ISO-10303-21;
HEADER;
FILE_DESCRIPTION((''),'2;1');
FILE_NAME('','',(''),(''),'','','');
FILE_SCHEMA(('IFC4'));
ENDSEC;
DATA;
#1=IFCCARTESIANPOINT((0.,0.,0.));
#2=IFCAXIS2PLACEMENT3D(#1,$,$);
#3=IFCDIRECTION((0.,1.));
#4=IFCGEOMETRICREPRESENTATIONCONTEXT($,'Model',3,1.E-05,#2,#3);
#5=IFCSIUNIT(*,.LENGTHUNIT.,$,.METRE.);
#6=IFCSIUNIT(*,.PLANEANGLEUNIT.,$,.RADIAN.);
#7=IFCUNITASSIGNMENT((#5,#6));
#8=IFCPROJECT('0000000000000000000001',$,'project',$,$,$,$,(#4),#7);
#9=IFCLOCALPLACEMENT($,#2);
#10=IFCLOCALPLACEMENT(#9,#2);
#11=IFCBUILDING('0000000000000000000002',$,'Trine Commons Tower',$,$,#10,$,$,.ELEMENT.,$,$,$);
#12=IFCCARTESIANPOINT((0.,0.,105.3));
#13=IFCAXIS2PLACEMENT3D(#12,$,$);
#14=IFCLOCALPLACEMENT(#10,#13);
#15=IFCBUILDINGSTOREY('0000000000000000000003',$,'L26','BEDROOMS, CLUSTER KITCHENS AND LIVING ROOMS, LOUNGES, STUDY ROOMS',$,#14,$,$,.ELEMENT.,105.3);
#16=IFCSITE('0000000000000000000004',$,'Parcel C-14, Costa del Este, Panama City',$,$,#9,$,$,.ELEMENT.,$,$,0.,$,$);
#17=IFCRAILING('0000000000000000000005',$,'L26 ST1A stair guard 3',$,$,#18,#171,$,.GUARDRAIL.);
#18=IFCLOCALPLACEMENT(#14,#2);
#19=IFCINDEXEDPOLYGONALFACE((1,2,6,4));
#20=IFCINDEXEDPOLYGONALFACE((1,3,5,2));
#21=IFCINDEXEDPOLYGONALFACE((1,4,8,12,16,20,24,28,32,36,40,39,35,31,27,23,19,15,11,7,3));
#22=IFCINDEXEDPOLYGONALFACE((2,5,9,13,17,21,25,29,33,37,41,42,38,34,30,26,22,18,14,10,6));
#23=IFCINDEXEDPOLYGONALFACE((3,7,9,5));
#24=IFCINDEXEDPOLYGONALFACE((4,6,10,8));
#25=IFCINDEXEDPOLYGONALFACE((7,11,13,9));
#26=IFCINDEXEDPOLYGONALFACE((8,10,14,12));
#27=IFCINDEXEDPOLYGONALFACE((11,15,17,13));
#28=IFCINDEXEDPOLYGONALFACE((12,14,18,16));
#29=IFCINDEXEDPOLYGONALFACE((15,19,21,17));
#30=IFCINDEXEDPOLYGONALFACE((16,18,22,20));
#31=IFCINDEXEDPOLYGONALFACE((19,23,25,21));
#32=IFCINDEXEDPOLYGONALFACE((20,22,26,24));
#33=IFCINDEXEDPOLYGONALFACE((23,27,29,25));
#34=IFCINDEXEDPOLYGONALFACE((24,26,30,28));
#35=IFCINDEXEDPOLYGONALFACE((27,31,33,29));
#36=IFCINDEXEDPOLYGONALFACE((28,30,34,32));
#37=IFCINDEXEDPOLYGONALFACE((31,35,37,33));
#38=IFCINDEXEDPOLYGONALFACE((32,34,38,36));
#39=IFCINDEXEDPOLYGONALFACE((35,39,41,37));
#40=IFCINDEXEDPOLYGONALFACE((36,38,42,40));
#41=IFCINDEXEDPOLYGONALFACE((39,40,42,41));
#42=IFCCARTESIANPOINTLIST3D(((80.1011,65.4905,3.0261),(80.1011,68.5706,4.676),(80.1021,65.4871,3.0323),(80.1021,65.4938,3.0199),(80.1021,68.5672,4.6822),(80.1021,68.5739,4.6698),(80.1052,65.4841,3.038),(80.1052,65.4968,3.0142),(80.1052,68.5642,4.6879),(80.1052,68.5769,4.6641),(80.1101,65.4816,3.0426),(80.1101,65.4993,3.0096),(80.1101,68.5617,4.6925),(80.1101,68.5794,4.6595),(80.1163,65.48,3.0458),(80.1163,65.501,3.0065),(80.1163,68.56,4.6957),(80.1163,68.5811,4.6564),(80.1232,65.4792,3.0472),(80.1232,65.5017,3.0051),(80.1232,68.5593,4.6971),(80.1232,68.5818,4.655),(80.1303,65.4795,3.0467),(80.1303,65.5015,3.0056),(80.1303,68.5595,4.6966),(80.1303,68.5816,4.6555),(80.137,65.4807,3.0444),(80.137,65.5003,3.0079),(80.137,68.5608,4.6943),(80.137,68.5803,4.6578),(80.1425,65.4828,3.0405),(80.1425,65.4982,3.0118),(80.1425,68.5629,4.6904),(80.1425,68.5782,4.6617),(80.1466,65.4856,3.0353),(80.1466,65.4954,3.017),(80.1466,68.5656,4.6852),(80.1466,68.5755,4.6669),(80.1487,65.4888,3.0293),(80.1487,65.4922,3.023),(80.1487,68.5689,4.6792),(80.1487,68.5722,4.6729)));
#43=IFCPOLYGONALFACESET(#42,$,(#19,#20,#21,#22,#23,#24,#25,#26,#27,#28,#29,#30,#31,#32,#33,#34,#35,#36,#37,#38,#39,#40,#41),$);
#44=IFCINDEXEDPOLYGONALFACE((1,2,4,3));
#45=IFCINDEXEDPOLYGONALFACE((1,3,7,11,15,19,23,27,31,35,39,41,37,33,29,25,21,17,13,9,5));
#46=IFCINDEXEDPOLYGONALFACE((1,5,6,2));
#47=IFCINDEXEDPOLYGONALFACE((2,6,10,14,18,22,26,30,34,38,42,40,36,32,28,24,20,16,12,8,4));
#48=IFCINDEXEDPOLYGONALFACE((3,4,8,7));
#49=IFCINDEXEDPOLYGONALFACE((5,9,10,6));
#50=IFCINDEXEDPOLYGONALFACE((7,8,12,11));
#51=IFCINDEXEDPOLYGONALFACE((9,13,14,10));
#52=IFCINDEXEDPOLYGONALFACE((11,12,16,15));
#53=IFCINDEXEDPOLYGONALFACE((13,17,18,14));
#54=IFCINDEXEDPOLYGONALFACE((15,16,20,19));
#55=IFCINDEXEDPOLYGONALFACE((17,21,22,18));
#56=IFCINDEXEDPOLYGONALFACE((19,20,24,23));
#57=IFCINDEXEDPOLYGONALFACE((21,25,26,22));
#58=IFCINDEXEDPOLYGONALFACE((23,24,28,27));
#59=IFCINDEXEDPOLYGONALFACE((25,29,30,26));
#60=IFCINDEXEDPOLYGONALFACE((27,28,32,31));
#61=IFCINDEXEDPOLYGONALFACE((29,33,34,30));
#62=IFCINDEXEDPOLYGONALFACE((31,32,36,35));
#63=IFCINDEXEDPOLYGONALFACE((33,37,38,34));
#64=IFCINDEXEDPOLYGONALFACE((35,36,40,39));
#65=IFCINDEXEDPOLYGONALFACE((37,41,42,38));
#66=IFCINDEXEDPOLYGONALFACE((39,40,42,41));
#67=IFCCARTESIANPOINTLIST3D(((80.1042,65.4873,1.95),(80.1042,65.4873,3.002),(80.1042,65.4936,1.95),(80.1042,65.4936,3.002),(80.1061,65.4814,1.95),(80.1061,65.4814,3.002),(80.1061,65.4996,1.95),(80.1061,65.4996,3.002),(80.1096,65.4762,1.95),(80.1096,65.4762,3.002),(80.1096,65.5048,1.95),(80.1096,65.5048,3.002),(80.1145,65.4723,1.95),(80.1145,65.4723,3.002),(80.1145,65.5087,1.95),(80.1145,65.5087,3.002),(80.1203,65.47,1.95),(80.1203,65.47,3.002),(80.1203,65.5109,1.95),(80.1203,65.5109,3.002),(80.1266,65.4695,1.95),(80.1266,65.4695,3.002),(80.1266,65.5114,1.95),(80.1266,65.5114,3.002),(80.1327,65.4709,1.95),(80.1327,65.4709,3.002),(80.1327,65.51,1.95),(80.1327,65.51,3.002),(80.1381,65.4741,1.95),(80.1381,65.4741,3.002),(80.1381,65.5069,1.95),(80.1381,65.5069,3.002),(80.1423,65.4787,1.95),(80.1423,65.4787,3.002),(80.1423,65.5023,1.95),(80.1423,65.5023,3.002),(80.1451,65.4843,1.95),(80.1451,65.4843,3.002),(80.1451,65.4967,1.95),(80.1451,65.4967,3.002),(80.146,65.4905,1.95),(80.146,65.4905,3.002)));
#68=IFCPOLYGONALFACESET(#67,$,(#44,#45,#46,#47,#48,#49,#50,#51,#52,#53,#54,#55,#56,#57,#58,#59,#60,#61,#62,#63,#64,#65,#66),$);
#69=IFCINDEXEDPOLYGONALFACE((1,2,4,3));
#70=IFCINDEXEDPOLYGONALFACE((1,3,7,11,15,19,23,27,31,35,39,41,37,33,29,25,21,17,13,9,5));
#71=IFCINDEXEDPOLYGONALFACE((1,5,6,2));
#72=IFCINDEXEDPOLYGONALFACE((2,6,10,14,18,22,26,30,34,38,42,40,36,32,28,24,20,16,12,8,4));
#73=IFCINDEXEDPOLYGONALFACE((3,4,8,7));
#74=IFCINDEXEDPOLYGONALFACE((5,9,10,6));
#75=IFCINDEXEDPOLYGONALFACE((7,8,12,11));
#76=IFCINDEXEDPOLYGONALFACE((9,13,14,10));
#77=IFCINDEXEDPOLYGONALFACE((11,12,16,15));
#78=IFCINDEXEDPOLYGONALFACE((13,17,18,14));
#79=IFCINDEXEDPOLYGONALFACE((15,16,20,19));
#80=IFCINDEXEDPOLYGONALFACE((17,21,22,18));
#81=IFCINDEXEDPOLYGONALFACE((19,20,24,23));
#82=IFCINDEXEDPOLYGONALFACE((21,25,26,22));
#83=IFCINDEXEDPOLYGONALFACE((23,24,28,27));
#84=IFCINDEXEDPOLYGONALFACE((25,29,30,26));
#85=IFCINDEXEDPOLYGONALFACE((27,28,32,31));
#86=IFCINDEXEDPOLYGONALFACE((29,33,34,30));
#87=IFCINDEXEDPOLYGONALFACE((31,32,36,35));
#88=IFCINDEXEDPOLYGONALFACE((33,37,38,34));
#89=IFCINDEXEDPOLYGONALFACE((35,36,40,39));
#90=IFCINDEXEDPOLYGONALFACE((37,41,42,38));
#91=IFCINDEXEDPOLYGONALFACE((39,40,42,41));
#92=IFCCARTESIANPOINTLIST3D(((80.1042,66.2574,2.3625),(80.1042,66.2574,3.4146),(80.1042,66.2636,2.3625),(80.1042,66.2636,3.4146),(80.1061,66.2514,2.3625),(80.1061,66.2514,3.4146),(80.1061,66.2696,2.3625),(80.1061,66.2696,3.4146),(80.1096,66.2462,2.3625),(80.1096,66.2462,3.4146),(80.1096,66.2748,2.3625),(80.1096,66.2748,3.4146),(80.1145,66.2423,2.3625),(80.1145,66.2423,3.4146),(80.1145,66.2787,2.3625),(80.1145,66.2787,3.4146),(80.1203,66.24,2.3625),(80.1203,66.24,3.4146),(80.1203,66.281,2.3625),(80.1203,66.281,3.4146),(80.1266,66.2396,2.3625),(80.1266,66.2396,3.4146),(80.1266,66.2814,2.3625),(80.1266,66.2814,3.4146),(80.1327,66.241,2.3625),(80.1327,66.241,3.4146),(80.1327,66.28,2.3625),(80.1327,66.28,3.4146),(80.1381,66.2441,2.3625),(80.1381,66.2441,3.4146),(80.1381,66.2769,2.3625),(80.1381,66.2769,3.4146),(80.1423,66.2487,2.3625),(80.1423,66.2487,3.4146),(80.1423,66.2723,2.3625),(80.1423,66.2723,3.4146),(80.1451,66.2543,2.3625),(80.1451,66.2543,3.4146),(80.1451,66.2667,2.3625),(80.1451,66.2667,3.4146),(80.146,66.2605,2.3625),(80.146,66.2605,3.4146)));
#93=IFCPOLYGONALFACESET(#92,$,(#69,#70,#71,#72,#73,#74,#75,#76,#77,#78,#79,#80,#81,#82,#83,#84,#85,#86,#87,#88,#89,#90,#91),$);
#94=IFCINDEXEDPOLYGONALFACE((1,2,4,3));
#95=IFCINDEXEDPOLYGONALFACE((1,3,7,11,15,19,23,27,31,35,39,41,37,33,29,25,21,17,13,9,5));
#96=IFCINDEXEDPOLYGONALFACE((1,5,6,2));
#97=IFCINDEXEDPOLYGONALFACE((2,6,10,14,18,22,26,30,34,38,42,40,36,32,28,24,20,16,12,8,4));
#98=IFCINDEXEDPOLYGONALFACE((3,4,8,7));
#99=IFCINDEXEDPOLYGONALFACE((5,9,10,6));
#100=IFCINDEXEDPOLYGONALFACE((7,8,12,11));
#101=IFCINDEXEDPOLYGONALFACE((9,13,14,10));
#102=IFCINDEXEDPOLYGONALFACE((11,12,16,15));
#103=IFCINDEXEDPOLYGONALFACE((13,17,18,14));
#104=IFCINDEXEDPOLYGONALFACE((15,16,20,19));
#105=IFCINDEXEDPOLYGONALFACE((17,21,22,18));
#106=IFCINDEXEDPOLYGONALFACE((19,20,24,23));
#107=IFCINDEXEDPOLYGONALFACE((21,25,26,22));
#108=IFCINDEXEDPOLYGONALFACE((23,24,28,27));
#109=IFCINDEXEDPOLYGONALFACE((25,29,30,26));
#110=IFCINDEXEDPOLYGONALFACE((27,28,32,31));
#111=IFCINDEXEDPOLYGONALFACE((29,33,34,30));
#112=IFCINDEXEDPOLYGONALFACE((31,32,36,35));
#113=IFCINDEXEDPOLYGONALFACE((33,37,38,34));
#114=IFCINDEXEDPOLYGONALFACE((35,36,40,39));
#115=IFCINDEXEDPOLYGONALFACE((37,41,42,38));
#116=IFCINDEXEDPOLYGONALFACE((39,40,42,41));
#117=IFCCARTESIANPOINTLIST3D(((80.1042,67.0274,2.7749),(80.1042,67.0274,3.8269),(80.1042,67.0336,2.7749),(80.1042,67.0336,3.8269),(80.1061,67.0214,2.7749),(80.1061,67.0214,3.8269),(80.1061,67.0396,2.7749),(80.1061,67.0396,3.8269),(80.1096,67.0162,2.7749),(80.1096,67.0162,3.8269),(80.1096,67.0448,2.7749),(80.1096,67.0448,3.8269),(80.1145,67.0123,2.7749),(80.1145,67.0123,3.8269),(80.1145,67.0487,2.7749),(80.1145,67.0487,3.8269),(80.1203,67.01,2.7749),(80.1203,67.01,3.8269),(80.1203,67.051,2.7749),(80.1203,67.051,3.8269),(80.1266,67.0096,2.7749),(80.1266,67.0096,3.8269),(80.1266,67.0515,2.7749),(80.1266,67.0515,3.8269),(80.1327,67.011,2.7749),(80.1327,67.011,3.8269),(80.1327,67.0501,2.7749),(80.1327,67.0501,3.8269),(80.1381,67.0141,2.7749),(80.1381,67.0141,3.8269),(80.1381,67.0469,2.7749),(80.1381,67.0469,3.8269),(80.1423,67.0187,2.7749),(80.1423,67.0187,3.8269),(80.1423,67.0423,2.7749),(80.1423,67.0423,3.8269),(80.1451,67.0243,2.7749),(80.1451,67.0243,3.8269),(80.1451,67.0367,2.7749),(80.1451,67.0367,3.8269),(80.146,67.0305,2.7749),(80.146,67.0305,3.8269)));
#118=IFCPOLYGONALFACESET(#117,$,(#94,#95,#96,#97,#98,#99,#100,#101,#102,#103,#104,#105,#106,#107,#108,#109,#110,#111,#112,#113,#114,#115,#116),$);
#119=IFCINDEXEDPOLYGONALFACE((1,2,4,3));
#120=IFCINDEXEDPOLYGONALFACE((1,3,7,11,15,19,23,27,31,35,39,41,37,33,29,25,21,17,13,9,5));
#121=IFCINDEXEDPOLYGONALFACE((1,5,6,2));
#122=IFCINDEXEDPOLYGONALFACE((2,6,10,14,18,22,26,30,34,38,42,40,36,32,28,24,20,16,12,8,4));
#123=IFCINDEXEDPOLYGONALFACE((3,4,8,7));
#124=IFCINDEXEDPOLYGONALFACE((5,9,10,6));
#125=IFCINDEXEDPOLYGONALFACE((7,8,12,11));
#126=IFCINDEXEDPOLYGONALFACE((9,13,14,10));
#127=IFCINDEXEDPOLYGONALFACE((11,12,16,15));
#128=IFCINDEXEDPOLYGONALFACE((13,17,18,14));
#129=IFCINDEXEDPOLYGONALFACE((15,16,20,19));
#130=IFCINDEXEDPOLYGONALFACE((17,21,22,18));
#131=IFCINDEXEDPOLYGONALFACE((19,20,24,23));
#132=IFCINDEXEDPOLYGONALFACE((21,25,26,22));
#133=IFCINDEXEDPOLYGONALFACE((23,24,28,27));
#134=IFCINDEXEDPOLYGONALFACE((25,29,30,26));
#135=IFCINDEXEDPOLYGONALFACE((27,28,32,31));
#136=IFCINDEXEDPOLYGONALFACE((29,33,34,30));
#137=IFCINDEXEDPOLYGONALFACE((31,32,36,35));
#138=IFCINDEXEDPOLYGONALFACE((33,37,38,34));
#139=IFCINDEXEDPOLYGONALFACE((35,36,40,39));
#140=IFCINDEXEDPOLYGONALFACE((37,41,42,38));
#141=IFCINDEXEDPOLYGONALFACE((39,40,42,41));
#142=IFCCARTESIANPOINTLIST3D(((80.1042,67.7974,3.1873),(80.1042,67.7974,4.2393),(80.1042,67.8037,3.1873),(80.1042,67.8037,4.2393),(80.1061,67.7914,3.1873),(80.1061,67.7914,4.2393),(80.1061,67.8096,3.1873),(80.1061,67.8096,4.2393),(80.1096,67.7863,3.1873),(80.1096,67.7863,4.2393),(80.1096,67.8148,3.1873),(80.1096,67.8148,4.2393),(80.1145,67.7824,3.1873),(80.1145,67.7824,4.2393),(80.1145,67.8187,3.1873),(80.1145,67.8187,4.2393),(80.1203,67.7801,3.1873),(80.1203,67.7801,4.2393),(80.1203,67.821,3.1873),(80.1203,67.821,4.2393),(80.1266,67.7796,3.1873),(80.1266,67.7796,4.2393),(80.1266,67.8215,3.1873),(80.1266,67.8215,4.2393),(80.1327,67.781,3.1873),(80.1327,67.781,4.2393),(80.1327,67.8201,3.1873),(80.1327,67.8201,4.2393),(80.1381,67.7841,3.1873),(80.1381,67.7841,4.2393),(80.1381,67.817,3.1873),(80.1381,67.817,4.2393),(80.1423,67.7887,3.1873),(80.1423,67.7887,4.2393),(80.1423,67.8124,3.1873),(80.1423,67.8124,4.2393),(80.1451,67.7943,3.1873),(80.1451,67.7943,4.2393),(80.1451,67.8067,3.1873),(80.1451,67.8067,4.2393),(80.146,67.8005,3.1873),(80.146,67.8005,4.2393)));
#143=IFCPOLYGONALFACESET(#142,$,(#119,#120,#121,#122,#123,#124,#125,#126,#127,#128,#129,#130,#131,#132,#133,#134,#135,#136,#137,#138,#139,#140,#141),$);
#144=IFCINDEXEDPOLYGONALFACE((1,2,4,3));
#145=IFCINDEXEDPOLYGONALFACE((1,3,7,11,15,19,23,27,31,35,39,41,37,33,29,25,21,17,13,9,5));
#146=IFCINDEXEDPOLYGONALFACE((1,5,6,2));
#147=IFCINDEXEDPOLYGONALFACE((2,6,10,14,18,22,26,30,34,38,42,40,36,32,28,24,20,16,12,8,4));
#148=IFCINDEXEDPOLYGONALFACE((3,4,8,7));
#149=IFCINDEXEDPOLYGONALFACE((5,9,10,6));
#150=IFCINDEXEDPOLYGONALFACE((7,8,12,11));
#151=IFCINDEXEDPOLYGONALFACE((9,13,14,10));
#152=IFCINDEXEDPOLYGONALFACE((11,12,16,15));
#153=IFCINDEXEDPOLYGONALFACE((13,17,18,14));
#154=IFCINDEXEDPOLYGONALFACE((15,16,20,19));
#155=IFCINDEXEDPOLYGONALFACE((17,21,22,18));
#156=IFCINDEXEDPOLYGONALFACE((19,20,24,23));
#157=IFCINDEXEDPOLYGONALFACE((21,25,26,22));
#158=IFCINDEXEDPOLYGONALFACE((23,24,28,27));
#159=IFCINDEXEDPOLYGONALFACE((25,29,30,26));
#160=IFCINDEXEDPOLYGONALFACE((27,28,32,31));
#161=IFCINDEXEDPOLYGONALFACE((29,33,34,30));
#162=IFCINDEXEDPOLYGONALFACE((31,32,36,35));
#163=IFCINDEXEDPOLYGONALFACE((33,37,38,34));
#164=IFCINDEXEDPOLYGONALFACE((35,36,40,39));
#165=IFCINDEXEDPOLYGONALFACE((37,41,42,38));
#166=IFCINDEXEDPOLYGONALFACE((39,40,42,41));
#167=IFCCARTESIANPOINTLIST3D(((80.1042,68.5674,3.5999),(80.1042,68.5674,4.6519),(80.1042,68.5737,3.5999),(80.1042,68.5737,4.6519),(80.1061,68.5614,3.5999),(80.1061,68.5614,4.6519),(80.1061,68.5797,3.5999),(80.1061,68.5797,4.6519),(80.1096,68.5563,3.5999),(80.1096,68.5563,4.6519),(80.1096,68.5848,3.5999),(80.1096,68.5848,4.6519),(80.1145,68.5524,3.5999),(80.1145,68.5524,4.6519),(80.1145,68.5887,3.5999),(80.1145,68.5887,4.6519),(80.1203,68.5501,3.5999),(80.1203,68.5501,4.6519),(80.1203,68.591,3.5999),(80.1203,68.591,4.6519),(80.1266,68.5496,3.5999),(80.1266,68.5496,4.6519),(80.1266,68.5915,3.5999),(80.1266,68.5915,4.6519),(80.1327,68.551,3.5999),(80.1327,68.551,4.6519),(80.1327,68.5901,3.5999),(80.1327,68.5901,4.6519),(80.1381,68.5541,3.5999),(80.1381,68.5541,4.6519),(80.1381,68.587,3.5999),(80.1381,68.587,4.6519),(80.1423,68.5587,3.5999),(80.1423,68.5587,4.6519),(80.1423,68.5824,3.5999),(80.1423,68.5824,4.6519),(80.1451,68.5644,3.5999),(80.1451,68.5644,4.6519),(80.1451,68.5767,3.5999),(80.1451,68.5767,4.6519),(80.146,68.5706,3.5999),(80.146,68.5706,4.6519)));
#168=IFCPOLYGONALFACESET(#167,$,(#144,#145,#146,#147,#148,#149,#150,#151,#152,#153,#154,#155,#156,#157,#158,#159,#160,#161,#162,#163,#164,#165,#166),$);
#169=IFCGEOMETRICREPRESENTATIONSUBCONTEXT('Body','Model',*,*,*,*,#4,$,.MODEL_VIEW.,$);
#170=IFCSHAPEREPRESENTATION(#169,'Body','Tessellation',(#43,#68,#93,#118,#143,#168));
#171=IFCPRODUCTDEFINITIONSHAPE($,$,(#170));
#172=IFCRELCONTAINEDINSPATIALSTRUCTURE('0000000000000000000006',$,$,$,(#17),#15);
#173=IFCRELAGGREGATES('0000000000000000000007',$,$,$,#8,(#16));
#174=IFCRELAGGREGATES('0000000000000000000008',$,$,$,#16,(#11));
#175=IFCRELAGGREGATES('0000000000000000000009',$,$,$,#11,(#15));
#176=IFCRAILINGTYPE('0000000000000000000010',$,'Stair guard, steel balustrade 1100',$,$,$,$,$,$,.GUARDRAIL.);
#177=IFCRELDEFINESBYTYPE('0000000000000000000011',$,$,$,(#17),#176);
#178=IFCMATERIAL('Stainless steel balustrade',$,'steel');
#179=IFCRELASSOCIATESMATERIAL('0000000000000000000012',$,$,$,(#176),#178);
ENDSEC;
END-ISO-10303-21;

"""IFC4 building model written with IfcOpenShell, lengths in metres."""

from ifc_helpers import new_model, si_unit, direction, frame, origin, origin_2d, place, context, subcontext, project, spatial, circle, extrude, material, type_object, element, save


model = new_model("IFC4")

# Units and contexts
model_context = context("Model", 3, precision=1e-05, world=origin(), true_north=direction((0.0, 1.0)))
body_context = subcontext(model_context, "Body", "Model", "MODEL_VIEW")
ifc_project = project(units=[si_unit("LENGTHUNIT", "METRE"), si_unit("PLANEANGLEUNIT", "RADIAN")], contexts=[model_context])

# Site, building, storey
site_placement = place(None, origin())
site = spatial("IfcSite", under=ifc_project, at=site_placement, Name="Parcel C-14, Costa del Este, Panama City", CompositionType="ELEMENT", RefElevation=0.0)
building_placement = place(site_placement, origin())
building = spatial("IfcBuilding", under=site, at=building_placement, Name="Trine Commons Tower", CompositionType="ELEMENT")
storey_placement = place(building_placement, frame((0.0, 0.0, 105.3)))
storey = spatial("IfcBuildingStorey", under=building, at=storey_placement, Name="L26", Description="BEDROOMS, CLUSTER KITCHENS AND LIVING ROOMS, LOUNGES, STUDY ROOMS", CompositionType="ELEMENT", Elevation=105.3)

# Railing
ifc_material_1 = material(Name="Stainless steel balustrade", Category="steel")
railing_type_1 = type_object("IfcRailingType", Name="Stair guard, steel balustrade 1100", PredefinedType="GUARDRAIL", material=ifc_material_1)
railing_1_placement = place(storey_placement, frame((80.125, 65.4905, 1.95)))
element("IfcRailing", 1, at=railing_1_placement, inside=storey, type_object=railing_type_1, Name="L26 ST1A stair guard 3", PredefinedType="GUARDRAIL", context=body_context, shape_type="SweptSolid", body=[
    extrude(circle(Radius=0.0239, at=origin_2d()), frame((0.0, 0.0, 1.0762), z_axis=(0.0, 0.881497, 0.47219), x_axis=(-1.0, 0.0, 0.0)), (0.0, 0.0, 1.0), 3.4941),
    extrude(circle(Radius=0.021, at=origin_2d()), origin(), (0.0, 0.0, 1.0), 1.052),
    extrude(circle(Radius=0.021, at=origin_2d()), frame((0.0, 0.77, 0.4126)), (0.0, 0.0, 1.0), 1.052),
    extrude(circle(Radius=0.021, at=origin_2d()), frame((0.0, 1.54, 0.825)), (0.0, 0.0, 1.0), 1.052),
    extrude(circle(Radius=0.021, at=origin_2d()), frame((0.0, 2.3101, 1.2373)), (0.0, 0.0, 1.0), 1.052),
    extrude(circle(Radius=0.021, at=origin_2d()), frame((0.0, 3.0801, 1.6499)), (0.0, 0.0, 1.0), 1.052),
])

save(model, "model.ifc")
